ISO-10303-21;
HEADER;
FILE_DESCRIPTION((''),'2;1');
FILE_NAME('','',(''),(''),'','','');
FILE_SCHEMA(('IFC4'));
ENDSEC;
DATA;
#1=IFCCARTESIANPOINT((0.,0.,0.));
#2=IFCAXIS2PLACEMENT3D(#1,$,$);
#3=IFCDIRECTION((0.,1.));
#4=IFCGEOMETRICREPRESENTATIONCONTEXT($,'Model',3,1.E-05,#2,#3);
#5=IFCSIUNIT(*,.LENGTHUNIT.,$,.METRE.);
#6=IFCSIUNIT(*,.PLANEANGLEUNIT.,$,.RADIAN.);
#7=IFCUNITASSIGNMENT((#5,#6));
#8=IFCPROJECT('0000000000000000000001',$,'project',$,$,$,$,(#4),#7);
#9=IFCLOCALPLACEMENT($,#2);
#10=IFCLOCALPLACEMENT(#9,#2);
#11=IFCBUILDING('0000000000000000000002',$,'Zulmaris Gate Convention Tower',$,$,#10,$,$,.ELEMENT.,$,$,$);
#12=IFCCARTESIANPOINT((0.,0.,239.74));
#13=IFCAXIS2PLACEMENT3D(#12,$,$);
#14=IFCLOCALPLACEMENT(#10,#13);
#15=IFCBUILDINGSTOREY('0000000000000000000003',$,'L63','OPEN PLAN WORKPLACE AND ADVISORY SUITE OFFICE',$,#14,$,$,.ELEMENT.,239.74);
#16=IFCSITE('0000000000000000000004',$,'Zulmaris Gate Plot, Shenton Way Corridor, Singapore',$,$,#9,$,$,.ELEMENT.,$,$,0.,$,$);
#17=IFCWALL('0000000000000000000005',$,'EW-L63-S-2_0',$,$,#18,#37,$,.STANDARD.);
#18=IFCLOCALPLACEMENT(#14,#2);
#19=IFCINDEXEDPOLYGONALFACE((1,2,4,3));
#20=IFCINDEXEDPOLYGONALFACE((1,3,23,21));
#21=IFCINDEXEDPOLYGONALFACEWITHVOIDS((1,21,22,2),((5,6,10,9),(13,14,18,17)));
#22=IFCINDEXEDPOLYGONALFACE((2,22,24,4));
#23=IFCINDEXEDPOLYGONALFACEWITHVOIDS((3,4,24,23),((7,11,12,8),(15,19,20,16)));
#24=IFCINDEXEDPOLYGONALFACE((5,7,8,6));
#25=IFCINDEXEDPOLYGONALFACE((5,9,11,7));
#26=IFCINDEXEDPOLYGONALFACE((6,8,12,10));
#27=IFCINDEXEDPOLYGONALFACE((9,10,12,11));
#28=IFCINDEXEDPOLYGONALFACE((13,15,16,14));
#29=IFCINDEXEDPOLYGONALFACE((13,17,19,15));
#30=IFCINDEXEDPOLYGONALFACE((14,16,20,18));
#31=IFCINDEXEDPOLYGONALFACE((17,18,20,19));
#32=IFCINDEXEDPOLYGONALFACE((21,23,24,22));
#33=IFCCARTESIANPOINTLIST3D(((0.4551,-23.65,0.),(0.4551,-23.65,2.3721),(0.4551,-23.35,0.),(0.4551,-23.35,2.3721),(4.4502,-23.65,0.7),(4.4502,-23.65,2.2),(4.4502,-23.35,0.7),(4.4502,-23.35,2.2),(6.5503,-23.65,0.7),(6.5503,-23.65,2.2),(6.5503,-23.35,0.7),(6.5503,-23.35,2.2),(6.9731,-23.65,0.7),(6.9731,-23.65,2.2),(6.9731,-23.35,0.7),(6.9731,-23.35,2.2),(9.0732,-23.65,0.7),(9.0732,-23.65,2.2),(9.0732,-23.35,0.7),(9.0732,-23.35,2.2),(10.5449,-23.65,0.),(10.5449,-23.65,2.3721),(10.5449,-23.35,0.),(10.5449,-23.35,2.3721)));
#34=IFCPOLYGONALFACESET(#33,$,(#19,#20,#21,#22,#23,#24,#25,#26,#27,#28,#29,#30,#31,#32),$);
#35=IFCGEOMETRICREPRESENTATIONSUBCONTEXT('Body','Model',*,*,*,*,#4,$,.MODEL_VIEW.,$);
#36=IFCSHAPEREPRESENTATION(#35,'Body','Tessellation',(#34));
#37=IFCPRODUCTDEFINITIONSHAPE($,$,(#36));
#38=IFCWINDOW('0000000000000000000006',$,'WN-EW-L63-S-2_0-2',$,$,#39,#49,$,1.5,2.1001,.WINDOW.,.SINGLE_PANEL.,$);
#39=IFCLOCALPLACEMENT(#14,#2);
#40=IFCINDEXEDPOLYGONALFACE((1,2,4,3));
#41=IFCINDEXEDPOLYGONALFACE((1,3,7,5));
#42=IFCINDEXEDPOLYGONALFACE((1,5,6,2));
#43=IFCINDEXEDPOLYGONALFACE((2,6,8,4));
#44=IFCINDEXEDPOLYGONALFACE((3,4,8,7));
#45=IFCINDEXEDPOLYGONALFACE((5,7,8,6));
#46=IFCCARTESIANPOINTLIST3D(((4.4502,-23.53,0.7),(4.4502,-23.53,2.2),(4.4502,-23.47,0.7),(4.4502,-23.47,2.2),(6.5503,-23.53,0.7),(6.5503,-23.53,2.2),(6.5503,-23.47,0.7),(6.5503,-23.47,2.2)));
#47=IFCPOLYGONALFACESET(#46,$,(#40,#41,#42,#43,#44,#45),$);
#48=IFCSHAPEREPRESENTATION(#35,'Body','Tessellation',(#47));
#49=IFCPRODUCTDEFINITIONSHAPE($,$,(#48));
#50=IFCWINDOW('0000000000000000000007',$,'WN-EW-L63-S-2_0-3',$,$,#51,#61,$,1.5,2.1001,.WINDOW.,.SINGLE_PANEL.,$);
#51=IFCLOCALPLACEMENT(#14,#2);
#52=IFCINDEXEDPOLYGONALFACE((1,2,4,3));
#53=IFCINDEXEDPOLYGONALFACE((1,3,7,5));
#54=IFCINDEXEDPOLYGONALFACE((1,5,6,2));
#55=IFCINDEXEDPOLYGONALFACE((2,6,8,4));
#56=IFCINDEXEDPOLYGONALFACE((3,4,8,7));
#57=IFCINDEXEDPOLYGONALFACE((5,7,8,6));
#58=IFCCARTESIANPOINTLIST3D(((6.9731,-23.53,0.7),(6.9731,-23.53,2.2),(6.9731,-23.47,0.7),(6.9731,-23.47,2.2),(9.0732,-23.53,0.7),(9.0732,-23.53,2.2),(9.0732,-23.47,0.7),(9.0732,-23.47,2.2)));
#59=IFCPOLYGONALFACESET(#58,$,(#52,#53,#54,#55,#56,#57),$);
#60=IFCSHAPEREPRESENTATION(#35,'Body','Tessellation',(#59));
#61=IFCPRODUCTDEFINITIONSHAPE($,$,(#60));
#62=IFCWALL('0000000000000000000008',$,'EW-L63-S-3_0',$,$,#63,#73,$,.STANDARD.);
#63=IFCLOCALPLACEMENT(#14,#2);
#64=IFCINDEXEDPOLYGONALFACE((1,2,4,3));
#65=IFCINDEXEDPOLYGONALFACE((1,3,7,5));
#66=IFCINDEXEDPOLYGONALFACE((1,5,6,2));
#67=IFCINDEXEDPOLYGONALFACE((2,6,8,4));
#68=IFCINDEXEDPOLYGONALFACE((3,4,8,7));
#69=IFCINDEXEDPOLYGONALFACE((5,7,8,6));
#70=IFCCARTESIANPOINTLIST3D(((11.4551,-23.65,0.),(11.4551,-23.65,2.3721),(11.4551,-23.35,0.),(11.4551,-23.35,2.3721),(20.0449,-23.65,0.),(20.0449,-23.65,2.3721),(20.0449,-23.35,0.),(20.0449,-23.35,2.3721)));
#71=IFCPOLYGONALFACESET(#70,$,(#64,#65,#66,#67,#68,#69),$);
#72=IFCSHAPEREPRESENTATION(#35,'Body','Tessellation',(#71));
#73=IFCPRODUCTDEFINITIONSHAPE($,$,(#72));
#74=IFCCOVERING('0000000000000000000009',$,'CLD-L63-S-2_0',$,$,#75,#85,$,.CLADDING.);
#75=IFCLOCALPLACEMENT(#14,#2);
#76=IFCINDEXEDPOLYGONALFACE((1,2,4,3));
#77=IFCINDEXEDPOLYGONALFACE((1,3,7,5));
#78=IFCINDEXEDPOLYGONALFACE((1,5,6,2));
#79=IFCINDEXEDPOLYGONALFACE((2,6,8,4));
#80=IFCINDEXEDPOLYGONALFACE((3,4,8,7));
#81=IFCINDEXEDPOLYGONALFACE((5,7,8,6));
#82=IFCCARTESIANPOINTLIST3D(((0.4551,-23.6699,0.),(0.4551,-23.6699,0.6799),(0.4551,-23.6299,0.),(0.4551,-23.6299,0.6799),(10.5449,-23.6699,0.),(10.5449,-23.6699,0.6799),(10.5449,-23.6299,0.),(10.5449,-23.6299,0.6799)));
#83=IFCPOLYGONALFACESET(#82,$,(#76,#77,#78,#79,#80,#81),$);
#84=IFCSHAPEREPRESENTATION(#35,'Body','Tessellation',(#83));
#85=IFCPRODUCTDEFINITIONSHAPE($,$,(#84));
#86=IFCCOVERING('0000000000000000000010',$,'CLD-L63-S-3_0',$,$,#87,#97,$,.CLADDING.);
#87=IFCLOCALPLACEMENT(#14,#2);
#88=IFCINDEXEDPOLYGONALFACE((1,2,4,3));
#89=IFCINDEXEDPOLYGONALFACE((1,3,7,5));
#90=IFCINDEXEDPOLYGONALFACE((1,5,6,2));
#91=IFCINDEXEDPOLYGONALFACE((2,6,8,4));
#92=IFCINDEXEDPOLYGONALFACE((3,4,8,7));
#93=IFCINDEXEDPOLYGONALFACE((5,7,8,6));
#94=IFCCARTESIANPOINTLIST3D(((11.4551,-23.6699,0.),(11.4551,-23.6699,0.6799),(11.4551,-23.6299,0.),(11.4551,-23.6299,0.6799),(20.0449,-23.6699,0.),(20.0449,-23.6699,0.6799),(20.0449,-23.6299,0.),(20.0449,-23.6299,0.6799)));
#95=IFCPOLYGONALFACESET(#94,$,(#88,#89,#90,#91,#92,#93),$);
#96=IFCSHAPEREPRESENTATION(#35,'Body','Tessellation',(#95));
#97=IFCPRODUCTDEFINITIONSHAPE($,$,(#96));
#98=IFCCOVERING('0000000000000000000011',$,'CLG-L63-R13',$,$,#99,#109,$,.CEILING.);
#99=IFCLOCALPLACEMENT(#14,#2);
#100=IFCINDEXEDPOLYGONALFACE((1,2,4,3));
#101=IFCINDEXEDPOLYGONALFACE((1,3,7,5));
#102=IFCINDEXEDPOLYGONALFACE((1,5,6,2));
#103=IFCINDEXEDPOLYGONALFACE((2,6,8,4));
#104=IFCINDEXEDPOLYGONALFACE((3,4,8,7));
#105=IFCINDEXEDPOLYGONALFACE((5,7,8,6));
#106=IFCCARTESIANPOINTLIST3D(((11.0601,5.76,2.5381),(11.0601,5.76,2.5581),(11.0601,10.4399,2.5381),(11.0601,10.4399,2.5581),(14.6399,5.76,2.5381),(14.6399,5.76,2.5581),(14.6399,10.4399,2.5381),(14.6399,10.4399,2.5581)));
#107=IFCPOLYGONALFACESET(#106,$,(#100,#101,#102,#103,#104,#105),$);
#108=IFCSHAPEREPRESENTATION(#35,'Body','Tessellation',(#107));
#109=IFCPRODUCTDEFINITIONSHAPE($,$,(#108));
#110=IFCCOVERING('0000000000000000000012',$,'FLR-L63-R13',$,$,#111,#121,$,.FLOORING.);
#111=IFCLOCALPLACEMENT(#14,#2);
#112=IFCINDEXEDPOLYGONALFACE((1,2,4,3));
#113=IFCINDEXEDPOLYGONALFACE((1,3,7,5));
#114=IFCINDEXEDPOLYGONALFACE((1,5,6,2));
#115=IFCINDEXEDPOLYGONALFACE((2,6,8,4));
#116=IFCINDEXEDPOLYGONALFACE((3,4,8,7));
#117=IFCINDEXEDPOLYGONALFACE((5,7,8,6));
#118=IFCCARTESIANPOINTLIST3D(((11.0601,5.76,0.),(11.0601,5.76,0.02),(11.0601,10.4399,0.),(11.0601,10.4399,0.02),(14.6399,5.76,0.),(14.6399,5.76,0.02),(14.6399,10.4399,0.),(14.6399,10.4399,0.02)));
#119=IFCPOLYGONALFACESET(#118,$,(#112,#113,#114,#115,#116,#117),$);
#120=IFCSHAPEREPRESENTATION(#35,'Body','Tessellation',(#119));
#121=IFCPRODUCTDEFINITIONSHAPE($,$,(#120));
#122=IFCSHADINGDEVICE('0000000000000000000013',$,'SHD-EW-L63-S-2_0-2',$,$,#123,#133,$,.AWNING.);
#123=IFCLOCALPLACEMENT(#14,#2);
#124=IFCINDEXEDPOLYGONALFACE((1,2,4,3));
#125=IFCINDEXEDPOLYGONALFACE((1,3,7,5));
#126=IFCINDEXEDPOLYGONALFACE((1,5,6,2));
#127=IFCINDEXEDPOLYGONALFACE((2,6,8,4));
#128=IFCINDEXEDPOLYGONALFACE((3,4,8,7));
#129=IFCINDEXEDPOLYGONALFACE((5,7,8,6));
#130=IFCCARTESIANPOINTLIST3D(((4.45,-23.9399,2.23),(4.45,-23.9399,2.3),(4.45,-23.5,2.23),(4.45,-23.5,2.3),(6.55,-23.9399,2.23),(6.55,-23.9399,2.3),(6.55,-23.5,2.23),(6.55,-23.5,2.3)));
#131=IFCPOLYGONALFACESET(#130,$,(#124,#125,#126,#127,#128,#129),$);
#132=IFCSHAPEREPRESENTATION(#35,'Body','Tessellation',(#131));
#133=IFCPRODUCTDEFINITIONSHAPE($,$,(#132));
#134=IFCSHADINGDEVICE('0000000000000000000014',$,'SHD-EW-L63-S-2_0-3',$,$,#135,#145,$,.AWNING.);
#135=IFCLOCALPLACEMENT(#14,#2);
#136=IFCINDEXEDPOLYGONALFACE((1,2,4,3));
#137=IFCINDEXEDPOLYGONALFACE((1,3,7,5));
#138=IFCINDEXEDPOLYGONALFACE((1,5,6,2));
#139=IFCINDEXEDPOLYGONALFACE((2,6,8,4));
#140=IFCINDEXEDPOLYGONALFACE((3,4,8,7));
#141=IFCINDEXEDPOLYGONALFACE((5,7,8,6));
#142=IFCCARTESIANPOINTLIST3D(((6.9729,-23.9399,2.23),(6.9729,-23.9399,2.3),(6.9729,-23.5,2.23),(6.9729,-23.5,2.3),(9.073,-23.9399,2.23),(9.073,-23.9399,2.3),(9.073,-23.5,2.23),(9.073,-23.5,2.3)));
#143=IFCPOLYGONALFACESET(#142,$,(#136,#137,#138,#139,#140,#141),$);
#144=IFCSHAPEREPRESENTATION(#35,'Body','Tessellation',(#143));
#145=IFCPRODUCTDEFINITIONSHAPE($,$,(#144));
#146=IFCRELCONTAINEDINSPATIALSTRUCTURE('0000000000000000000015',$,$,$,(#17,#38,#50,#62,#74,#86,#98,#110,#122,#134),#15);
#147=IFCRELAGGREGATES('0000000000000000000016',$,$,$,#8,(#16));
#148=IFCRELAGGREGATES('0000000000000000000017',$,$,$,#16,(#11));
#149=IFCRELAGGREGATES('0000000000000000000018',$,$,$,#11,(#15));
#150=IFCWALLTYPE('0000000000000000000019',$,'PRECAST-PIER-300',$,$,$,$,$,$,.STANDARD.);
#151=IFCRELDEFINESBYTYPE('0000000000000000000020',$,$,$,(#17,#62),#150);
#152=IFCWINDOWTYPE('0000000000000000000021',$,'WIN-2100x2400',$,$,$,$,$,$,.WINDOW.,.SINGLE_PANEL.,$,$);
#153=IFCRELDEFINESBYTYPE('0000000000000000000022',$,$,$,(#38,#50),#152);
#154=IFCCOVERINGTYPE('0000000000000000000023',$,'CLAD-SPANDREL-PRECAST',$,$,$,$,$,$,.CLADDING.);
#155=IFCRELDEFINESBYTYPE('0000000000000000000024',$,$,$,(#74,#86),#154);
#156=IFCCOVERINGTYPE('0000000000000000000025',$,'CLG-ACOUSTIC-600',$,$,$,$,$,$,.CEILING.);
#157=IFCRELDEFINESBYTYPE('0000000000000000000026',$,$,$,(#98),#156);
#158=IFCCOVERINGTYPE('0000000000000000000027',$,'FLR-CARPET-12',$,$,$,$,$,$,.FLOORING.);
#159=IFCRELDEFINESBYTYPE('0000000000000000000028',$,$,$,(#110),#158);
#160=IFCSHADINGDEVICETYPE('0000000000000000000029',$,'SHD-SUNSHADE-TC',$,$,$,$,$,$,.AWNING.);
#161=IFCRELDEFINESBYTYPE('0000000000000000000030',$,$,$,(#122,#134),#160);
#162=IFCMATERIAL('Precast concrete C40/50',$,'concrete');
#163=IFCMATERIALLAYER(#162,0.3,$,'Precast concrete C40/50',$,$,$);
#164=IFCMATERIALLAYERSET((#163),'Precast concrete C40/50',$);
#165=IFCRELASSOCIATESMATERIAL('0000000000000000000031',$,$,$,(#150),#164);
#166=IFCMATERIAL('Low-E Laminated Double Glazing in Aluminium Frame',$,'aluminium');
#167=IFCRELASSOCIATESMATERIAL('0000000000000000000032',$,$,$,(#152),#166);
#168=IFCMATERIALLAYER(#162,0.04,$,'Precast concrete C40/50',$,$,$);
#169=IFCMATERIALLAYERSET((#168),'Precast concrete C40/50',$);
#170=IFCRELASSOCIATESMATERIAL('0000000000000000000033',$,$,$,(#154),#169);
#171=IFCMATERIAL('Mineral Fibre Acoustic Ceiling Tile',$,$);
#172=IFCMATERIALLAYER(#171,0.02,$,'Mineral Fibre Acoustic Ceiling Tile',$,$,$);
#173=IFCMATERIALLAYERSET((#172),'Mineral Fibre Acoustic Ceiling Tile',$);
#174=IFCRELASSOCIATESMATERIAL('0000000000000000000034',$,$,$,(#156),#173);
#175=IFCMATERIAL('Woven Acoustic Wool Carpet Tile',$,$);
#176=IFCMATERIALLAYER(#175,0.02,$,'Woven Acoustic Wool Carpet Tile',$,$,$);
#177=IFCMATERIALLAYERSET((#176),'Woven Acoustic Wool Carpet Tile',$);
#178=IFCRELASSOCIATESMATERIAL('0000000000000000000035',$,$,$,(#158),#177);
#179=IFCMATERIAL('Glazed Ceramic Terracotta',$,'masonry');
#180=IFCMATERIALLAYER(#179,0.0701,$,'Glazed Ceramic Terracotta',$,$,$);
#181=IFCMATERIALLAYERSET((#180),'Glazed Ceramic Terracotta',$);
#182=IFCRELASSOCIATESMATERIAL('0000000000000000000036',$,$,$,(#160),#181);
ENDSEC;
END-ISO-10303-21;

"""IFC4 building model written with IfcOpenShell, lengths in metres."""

from ifc_helpers import new_model, si_unit, direction, frame, frame_2d, origin, place, context, subcontext, project, spatial, polyline, rectangle, outline, extrude, material, layer, layer_set, type_object, element, fill, save


model = new_model("IFC4")

# Units and contexts
model_context = context("Model", 3, precision=1e-05, world=origin(), true_north=direction((0.0, 1.0)))
body_context = subcontext(model_context, "Body", "Model", "MODEL_VIEW")
ifc_project = project(units=[si_unit("LENGTHUNIT", "METRE"), si_unit("PLANEANGLEUNIT", "RADIAN")], contexts=[model_context])

# Site, building, storey
site_placement = place(None, origin())
site = spatial("IfcSite", under=ifc_project, at=site_placement, Name="Zulmaris Gate Plot, Shenton Way Corridor, Singapore", CompositionType="ELEMENT", RefElevation=0.0)
building_placement = place(site_placement, origin())
building = spatial("IfcBuilding", under=site, at=building_placement, Name="Zulmaris Gate Convention Tower", CompositionType="ELEMENT")
storey_placement = place(building_placement, frame((0.0, 0.0, 239.74)))
storey = spatial("IfcBuildingStorey", under=building, at=storey_placement, Name="L63", Description="OPEN PLAN WORKPLACE AND ADVISORY SUITE OFFICE", CompositionType="ELEMENT", Elevation=239.74)

# Wall, openings, windows
ifc_material_1 = material(Name="Precast concrete C40/50", Category="concrete")
ifc_layer_1 = layer(ifc_material_1, 0.3, Name="Precast concrete C40/50")
ifc_layer_set_1 = layer_set([ifc_layer_1], Name="Precast concrete C40/50")
wall_type_1 = type_object("IfcWallType", Name="PRECAST-PIER-300", PredefinedType="STANDARD", material=ifc_layer_set_1)
wall_1_placement = place(storey_placement, frame((0.4551, -23.5, 0.0), z_axis=(0.0, 0.0, 1.0), x_axis=(1.0, 0.0, 0.0)))
wall_1 = element("IfcWall", 1, at=wall_1_placement, inside=storey, type_object=wall_type_1, Name="EW-L63-S-2_0", PredefinedType="STANDARD", context=body_context, shape_type="SweptSolid", body=[
    extrude(rectangle(XDim=10.0898, YDim=0.3, at=frame_2d((5.0449, 0.0))), origin(), (0.0, 0.0, 1.0), 2.3721),
])
opening_1_placement = place(wall_1_placement, frame((3.9951, 0.0, 0.7)))
opening_1 = element("IfcOpeningElement", 2, at=opening_1_placement, cuts=wall_1, PredefinedType="OPENING", context=body_context, shape_type="SweptSolid", body=[
    extrude(rectangle(XDim=2.1001, YDim=1.5, at=frame_2d((1.05, 0.75))), frame((0.0, 0.1602, 0.0), z_axis=(0.0, -1.0, 0.0), x_axis=(1.0, 0.0, 0.0)), (0.0, 0.0, 1.0), 0.3201),
])
opening_2_placement = place(wall_1_placement, frame((6.5181, 0.0, 0.7)))
opening_2 = element("IfcOpeningElement", 3, at=opening_2_placement, cuts=wall_1, PredefinedType="OPENING", context=body_context, shape_type="SweptSolid", body=[
    extrude(rectangle(XDim=2.1001, YDim=1.5, at=frame_2d((1.05, 0.75))), frame((0.0, 0.1602, 0.0), z_axis=(0.0, -1.0, 0.0), x_axis=(1.0, 0.0, 0.0)), (0.0, 0.0, 1.0), 0.3201),
])
ifc_material_2 = material(Name="Low-E Laminated Double Glazing in Aluminium Frame", Category="aluminium")
window_type = type_object("IfcWindowType", Name="WIN-2100x2400", PartitioningType="SINGLE_PANEL", PredefinedType="WINDOW", material=ifc_material_2)
window_1_placement = place(opening_1_placement, origin())
window_1 = element("IfcWindow", 4, at=window_1_placement, inside=storey, type_object=window_type, Name="WN-EW-L63-S-2_0-2", OverallHeight=1.5, OverallWidth=2.1001, PartitioningType="SINGLE_PANEL", PredefinedType="WINDOW", context=body_context, shape_type="SweptSolid", body=[
    extrude(rectangle(XDim=2.1001, YDim=1.5, at=frame_2d((1.05, 0.75))), frame((0.0, 0.03, 0.0), z_axis=(0.0, -1.0, 0.0), x_axis=(1.0, 0.0, 0.0)), (0.0, 0.0, 1.0), 0.0601),
])
fill(opening_1, window_1)
window_2_placement = place(opening_2_placement, origin())
window_2 = element("IfcWindow", 5, at=window_2_placement, inside=storey, type_object=window_type, Name="WN-EW-L63-S-2_0-3", OverallHeight=1.5, OverallWidth=2.1001, PartitioningType="SINGLE_PANEL", PredefinedType="WINDOW", context=body_context, shape_type="SweptSolid", body=[
    extrude(rectangle(XDim=2.1001, YDim=1.5, at=frame_2d((1.05, 0.75))), frame((0.0, 0.03, 0.0), z_axis=(0.0, -1.0, 0.0), x_axis=(1.0, 0.0, 0.0)), (0.0, 0.0, 1.0), 0.0601),
])
fill(opening_2, window_2)

# Wall
wall_2_placement = place(storey_placement, frame((11.4551, -23.5, 0.0), z_axis=(0.0, 0.0, 1.0), x_axis=(1.0, 0.0, 0.0)))
element("IfcWall", 6, at=wall_2_placement, inside=storey, type_object=wall_type_1, Name="EW-L63-S-3_0", PredefinedType="STANDARD", context=body_context, shape_type="SweptSolid", body=[
    extrude(rectangle(XDim=8.5898, YDim=0.3, at=frame_2d((4.2949, 0.0))), origin(), (0.0, 0.0, 1.0), 2.3721),
])

# Coverings
ifc_layer_2 = layer(ifc_material_1, 0.04, Name="Precast concrete C40/50")
ifc_layer_set_2 = layer_set([ifc_layer_2], Name="Precast concrete C40/50")
covering_type_1 = type_object("IfcCoveringType", Name="CLAD-SPANDREL-PRECAST", PredefinedType="CLADDING", material=ifc_layer_set_2)
covering_1_placement = place(storey_placement, frame((0.4551, -23.6499, 0.0), z_axis=(0.0, 0.0, 1.0), x_axis=(1.0, 0.0, 0.0)))
element("IfcCovering", 7, at=covering_1_placement, inside=storey, type_object=covering_type_1, Name="CLD-L63-S-2_0", PredefinedType="CLADDING", context=body_context, shape_type="SweptSolid", body=[
    extrude(rectangle(XDim=10.0898, YDim=0.04, at=frame_2d((5.0449, 0.0))), origin(), (0.0, 0.0, 1.0), 0.6799),
])
covering_2_placement = place(storey_placement, frame((11.4551, -23.6499, 0.0), z_axis=(0.0, 0.0, 1.0), x_axis=(1.0, 0.0, 0.0)))
element("IfcCovering", 8, at=covering_2_placement, inside=storey, type_object=covering_type_1, Name="CLD-L63-S-3_0", PredefinedType="CLADDING", context=body_context, shape_type="SweptSolid", body=[
    extrude(rectangle(XDim=8.5898, YDim=0.04, at=frame_2d((4.2949, 0.0))), origin(), (0.0, 0.0, 1.0), 0.6799),
])
ifc_material_3 = material(Name="Mineral Fibre Acoustic Ceiling Tile")
ifc_layer_3 = layer(ifc_material_3, 0.02, Name="Mineral Fibre Acoustic Ceiling Tile")
ifc_layer_set_3 = layer_set([ifc_layer_3], Name="Mineral Fibre Acoustic Ceiling Tile")
covering_type_2 = type_object("IfcCoveringType", Name="CLG-ACOUSTIC-600", PredefinedType="CEILING", material=ifc_layer_set_3)
covering_3_placement = place(storey_placement, frame((0.0, 0.0, 2.5381)))
element("IfcCovering", 9, at=covering_3_placement, inside=storey, type_object=covering_type_2, Name="CLG-L63-R13", PredefinedType="CEILING", context=body_context, shape_type="SweptSolid", body=[
    extrude(outline(polyline([(11.0601, 5.76), (14.6399, 5.76), (14.6399, 10.4399), (11.0601, 10.4399), (11.0601, 5.76)])), origin(), (0.0, 0.0, 1.0), 0.02),
])
ifc_material_4 = material(Name="Woven Acoustic Wool Carpet Tile")
ifc_layer_4 = layer(ifc_material_4, 0.02, Name="Woven Acoustic Wool Carpet Tile")
ifc_layer_set_4 = layer_set([ifc_layer_4], Name="Woven Acoustic Wool Carpet Tile")
covering_type_3 = type_object("IfcCoveringType", Name="FLR-CARPET-12", PredefinedType="FLOORING", material=ifc_layer_set_4)
covering_4_placement = place(storey_placement, origin())
element("IfcCovering", 10, at=covering_4_placement, inside=storey, type_object=covering_type_3, Name="FLR-L63-R13", PredefinedType="FLOORING", context=body_context, shape_type="SweptSolid", body=[
    extrude(outline(polyline([(11.0601, 5.76), (14.6399, 5.76), (14.6399, 10.4399), (11.0601, 10.4399), (11.0601, 5.76)])), origin(), (0.0, 0.0, 1.0), 0.02),
])

# Shading devices
ifc_material_5 = material(Name="Glazed Ceramic Terracotta", Category="masonry")
ifc_layer_5 = layer(ifc_material_5, 0.0701, Name="Glazed Ceramic Terracotta")
ifc_layer_set_5 = layer_set([ifc_layer_5], Name="Glazed Ceramic Terracotta")
shading_device_type = type_object("IfcShadingDeviceType", Name="SHD-SUNSHADE-TC", PredefinedType="AWNING", material=ifc_layer_set_5)
for number, where, z_axis, x_axis, name in (
    (11, (4.45, -23.72, 2.23), (0.0, 0.0, 1.0), (1.0, 0.0, 0.0), "SHD-EW-L63-S-2_0-2"),
    (12, (6.9729, -23.72, 2.23), (0.0, 0.0, 1.0), (1.0, 0.0, 0.0), "SHD-EW-L63-S-2_0-3"),
):
    element("IfcShadingDevice", number, at=place(storey_placement, frame(where, z_axis=z_axis, x_axis=x_axis)), inside=storey, type_object=shading_device_type, Name=name, PredefinedType="AWNING", context=body_context, shape_type="SweptSolid", body=[
        extrude(rectangle(XDim=2.1001, YDim=0.4399, at=frame_2d((1.05, 0.0))), origin(), (0.0, 0.0, 1.0), 0.0701),
    ])

save(model, "model.ifc")
